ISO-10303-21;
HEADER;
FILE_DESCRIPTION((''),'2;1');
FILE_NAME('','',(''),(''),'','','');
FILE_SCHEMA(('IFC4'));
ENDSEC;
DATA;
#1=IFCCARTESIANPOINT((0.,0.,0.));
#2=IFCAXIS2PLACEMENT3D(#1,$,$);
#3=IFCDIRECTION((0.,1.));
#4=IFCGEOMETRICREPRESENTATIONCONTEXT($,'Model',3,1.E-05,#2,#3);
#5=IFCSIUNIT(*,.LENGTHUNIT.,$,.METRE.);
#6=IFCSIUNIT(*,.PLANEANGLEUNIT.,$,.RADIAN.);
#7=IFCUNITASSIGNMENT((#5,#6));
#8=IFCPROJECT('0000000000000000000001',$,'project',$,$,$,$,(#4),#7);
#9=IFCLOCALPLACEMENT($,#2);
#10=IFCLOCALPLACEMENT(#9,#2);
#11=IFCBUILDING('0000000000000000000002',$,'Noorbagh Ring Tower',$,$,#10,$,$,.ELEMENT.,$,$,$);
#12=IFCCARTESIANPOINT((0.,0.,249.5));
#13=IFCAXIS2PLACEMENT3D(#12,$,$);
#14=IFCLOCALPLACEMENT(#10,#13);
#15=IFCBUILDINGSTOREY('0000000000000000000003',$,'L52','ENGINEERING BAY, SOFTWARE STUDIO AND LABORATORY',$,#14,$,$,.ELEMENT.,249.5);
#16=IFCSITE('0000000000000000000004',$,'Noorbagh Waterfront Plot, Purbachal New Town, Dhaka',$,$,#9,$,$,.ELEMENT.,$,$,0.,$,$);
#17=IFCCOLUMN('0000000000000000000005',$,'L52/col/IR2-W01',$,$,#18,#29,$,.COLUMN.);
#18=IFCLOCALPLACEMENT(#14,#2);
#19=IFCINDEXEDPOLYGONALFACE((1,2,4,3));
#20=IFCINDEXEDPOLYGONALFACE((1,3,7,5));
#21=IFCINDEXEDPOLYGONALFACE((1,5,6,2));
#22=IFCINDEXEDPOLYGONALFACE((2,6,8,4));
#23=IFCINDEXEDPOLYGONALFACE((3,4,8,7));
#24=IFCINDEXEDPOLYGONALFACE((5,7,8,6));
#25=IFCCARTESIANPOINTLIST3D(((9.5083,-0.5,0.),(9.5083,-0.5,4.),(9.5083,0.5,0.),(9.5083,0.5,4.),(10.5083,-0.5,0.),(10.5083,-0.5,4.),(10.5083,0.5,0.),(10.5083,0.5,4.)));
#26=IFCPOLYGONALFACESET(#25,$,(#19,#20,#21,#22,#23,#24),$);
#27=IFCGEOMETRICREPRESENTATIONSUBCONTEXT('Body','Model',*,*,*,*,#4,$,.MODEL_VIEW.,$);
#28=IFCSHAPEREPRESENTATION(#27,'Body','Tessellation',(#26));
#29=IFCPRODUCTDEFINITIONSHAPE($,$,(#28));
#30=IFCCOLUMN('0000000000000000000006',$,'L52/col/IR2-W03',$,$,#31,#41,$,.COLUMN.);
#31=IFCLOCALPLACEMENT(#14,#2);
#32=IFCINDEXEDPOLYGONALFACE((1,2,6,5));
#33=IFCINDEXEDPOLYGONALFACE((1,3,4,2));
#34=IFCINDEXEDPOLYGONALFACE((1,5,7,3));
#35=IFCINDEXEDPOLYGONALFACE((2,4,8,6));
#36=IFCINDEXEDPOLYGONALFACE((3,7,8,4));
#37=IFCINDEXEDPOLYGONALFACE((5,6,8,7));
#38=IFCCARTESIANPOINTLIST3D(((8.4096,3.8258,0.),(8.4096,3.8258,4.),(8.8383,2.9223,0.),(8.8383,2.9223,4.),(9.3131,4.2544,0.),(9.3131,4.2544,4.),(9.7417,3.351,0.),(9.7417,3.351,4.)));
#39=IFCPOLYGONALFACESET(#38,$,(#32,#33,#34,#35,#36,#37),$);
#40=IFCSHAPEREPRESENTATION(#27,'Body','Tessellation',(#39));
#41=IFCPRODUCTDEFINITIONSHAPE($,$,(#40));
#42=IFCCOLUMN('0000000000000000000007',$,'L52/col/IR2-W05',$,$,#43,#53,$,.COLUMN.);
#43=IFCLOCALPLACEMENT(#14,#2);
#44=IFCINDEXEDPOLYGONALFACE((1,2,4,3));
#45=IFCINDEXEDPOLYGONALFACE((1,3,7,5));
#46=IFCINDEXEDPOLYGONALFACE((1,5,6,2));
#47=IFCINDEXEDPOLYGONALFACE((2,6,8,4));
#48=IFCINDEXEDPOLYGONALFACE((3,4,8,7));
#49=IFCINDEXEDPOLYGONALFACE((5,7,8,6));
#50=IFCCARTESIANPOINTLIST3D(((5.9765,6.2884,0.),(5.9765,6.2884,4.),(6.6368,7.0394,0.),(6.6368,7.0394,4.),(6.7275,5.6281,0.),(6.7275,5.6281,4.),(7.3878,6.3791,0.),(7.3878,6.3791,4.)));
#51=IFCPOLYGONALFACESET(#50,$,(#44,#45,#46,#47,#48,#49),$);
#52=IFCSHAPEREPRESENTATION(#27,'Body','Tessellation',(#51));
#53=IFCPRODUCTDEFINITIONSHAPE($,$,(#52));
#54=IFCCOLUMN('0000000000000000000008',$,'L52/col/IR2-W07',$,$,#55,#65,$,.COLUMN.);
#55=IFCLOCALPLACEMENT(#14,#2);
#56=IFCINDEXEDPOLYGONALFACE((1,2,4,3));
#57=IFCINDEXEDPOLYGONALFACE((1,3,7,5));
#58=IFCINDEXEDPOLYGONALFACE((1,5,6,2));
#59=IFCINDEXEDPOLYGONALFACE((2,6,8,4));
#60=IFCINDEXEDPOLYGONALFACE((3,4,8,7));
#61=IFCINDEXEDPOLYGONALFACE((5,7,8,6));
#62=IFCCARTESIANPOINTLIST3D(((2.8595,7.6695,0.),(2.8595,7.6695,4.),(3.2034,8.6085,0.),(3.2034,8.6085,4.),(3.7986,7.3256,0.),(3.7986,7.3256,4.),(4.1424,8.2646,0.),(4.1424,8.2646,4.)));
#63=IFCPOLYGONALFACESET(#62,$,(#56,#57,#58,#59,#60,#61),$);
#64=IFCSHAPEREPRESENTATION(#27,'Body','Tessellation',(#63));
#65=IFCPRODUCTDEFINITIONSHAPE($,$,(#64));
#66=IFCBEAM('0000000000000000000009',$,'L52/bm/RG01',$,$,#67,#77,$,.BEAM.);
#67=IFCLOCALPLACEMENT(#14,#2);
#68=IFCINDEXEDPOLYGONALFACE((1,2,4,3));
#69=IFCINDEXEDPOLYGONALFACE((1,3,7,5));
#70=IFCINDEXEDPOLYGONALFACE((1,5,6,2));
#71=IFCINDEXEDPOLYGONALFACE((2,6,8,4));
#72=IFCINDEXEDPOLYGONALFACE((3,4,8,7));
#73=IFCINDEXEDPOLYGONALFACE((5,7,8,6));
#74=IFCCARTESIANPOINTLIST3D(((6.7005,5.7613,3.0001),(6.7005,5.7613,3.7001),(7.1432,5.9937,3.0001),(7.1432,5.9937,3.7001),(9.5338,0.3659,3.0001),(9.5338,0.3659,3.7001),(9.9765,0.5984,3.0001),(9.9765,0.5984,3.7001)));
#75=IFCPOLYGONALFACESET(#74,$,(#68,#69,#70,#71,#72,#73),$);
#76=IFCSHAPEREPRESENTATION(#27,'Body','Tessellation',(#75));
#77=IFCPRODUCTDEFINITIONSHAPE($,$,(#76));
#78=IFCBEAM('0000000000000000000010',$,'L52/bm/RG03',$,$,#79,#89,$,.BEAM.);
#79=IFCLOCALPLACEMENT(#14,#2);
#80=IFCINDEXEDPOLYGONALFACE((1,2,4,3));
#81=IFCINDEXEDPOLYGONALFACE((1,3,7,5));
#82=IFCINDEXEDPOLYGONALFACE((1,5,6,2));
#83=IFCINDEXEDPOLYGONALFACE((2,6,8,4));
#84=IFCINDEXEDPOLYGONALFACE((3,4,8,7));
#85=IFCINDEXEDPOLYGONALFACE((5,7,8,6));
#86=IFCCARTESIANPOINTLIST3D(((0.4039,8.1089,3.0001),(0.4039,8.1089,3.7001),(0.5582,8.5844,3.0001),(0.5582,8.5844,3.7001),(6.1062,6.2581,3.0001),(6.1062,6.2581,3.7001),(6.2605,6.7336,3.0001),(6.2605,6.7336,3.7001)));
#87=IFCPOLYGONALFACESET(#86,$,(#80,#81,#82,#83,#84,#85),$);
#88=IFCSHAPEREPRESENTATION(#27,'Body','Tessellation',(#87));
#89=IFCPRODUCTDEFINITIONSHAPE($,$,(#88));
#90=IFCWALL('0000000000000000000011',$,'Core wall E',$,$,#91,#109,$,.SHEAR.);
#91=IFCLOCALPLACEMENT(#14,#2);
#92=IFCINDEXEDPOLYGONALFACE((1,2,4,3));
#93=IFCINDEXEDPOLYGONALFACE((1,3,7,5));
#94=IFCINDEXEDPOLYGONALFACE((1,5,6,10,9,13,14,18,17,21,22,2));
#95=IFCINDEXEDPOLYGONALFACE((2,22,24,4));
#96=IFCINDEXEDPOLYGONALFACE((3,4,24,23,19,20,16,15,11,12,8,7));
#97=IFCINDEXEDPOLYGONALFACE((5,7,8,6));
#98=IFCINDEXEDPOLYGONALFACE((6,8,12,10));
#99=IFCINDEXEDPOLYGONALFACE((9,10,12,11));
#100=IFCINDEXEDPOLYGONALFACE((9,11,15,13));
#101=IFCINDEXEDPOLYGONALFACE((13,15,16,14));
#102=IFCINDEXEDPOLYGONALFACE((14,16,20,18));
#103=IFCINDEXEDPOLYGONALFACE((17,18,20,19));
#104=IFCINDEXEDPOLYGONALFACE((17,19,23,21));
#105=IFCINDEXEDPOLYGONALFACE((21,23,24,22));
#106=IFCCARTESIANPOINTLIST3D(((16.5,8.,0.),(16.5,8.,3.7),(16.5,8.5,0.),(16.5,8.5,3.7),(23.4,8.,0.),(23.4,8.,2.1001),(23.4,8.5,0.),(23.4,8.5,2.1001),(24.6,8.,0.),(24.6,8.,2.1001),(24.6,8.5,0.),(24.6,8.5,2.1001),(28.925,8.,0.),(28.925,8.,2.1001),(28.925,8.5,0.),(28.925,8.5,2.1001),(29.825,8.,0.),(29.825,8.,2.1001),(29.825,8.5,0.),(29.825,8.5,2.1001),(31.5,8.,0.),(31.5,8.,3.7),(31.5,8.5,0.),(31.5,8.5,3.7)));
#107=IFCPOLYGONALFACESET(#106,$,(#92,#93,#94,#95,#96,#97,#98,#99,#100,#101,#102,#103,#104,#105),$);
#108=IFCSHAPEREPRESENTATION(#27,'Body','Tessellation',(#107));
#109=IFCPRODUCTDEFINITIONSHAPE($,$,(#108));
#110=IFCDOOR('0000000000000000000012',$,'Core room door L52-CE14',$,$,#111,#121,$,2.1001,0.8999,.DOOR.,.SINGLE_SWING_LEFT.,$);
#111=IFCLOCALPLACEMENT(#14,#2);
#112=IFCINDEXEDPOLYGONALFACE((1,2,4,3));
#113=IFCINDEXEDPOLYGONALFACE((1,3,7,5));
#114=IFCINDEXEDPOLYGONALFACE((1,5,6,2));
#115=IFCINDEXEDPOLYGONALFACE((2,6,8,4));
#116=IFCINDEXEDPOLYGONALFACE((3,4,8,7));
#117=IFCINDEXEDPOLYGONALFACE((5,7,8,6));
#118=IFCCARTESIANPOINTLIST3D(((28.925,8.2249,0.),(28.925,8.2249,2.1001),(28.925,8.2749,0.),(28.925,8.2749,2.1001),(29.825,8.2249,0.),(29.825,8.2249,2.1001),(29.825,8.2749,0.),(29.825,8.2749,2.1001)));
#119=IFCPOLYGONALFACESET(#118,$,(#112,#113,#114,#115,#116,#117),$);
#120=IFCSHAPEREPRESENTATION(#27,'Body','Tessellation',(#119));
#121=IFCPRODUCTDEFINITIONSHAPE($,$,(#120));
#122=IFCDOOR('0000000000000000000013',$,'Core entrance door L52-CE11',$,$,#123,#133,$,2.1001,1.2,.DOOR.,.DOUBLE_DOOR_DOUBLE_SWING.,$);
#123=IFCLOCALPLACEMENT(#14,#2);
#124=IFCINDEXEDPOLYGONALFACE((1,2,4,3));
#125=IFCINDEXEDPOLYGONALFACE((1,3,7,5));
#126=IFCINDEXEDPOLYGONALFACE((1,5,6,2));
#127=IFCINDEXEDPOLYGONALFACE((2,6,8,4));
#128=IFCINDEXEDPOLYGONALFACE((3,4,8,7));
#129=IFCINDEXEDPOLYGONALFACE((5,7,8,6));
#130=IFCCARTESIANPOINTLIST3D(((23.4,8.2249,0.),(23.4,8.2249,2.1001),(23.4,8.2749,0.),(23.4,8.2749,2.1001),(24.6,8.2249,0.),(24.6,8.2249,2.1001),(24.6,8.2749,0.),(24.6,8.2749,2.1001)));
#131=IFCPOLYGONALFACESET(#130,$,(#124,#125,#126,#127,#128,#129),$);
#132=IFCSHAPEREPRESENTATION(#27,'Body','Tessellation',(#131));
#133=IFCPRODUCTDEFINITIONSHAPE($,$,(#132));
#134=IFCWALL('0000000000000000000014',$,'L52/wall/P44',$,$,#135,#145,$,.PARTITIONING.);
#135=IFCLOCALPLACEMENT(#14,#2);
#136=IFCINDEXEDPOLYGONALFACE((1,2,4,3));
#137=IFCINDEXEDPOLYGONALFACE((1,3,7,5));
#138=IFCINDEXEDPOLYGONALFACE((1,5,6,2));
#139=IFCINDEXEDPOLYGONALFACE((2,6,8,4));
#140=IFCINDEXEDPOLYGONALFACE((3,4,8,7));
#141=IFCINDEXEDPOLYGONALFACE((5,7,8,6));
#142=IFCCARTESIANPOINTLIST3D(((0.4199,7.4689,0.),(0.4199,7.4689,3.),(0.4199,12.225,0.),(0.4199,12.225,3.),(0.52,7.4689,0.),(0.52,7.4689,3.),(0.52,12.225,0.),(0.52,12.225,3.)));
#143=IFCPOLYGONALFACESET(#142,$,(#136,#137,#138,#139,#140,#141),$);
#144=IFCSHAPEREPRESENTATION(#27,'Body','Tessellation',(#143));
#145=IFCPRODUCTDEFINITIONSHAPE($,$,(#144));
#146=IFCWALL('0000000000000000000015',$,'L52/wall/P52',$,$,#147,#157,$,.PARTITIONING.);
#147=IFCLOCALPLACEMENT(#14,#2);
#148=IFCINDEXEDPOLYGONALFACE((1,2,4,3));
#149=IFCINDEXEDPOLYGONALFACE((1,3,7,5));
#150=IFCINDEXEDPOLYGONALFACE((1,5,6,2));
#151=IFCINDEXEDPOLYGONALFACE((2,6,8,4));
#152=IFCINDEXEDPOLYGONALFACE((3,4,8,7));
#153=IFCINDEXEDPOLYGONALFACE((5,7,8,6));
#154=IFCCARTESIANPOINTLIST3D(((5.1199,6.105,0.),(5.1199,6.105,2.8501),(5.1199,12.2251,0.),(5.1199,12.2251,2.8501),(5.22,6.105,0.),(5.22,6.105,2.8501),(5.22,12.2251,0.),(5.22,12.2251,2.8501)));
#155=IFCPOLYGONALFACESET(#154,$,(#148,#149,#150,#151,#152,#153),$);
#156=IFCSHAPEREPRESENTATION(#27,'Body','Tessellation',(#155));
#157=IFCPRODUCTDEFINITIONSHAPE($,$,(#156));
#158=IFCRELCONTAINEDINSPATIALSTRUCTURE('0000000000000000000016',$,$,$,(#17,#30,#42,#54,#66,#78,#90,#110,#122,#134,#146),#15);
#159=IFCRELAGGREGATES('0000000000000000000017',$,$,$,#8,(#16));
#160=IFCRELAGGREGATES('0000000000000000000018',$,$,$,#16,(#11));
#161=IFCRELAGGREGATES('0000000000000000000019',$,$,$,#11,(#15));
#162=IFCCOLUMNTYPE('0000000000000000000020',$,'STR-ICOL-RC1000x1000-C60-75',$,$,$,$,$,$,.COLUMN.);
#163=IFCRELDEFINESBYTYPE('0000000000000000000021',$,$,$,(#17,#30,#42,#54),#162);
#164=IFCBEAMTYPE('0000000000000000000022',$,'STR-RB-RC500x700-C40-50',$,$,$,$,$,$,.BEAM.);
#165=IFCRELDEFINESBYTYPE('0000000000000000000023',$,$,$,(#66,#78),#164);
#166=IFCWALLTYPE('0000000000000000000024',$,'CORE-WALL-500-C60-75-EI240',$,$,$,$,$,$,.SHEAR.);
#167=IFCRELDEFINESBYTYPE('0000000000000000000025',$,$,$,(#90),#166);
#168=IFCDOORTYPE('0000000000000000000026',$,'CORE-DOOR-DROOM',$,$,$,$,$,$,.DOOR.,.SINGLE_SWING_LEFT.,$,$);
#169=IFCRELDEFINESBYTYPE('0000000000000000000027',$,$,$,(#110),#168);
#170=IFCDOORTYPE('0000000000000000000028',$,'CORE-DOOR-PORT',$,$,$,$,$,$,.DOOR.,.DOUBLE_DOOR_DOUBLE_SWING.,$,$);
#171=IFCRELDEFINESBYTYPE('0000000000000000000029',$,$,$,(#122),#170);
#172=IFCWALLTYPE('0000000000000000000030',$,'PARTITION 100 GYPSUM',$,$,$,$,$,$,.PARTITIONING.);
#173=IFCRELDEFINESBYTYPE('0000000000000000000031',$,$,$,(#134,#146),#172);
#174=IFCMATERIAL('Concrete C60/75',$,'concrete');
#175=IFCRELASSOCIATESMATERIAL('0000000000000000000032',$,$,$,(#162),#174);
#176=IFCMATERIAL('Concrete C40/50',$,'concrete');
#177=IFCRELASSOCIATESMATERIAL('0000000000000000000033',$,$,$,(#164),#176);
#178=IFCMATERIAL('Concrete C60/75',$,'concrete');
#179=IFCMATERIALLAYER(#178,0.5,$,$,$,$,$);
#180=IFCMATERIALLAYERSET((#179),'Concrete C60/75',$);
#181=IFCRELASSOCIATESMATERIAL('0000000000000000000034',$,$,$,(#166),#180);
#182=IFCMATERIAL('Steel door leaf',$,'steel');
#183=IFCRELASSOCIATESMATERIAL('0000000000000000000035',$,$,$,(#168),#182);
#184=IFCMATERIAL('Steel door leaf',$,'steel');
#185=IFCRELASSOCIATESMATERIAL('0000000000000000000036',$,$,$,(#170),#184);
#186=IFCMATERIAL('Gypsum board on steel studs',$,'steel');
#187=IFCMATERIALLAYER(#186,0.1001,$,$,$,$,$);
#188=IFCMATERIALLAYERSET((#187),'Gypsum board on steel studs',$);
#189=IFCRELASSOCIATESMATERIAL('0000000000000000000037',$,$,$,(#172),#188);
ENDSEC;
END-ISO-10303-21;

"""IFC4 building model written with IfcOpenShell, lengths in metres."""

from ifc_helpers import new_model, si_unit, direction, frame, frame_2d, origin, origin_2d, place, context, subcontext, project, spatial, rectangle, extrude, material, layer, layer_set, material_profile, profile_set, type_object, element, fill, save


model = new_model("IFC4")

# Units and contexts
model_context = context("Model", 3, precision=1e-05, world=origin(), true_north=direction((0.0, 1.0)))
body_context = subcontext(model_context, "Body", "Model", "MODEL_VIEW")
ifc_project = project(units=[si_unit("LENGTHUNIT", "METRE"), si_unit("PLANEANGLEUNIT", "RADIAN")], contexts=[model_context])

# Site, building, storey
site_placement = place(None, origin())
site = spatial("IfcSite", under=ifc_project, at=site_placement, Name="Noorbagh Waterfront Plot, Purbachal New Town, Dhaka", CompositionType="ELEMENT", RefElevation=0.0)
building_placement = place(site_placement, origin())
building = spatial("IfcBuilding", under=site, at=building_placement, Name="Noorbagh Ring Tower", CompositionType="ELEMENT")
storey_placement = place(building_placement, frame((0.0, 0.0, 249.5)))
storey = spatial("IfcBuildingStorey", under=building, at=storey_placement, Name="L52", Description="ENGINEERING BAY, SOFTWARE STUDIO AND LABORATORY", CompositionType="ELEMENT", Elevation=249.5)

# Columns
ifc_material_1 = material(Name="Concrete C60/75", Category="concrete")
ifc_material_profile_1 = material_profile(ifc_material_1, rectangle(XDim=1.0, YDim=1.0, at=origin_2d()), Name="RC1000x1000")
ifc_profile_set_1 = profile_set([ifc_material_profile_1], Name="Concrete C60/75")
column_type = type_object("IfcColumnType", Name="STR-ICOL-RC1000x1000-C60-75", PredefinedType="COLUMN", material=ifc_profile_set_1)
for number, where, z_axis, x_axis, name in (
    (1, (10.0083, 0.0, 0.0), (0.0, 0.0, 1.0), (0.0, 1.0, 0.0), "L52/col/IR2-W01"),
    (2, (9.0757, 3.5884, 0.0), (0.0, 0.0, 1.0), (-0.428667, 0.903463, 0.0), "L52/col/IR2-W03"),
    (3, (6.6821, 6.3337, 0.0), (0.0, 0.0, 1.0), (-0.751022, 0.660277, 0.0), "L52/col/IR2-W05"),
    (4, (3.501, 7.967, 0.0), (0.0, 0.0, 1.0), (-0.93902, 0.343864, 0.0), "L52/col/IR2-W07"),
):
    element("IfcColumn", number, at=place(storey_placement, frame(where, z_axis=z_axis, x_axis=x_axis)), inside=storey, type_object=column_type, Name=name, PredefinedType="COLUMN", context=body_context, shape_type="SweptSolid", body=[
        extrude(rectangle(XDim=1.0, YDim=1.0, at=origin_2d()), origin(), (0.0, 0.0, 1.0), 4.0),
    ])

# Beams
ifc_material_2 = material(Name="Concrete C40/50", Category="concrete")
ifc_material_profile_2 = material_profile(ifc_material_2, rectangle(XDim=0.5, YDim=0.7, at=origin_2d()), Name="RC500x700")
ifc_profile_set_2 = profile_set([ifc_material_profile_2], Name="Concrete C40/50")
beam_type = type_object("IfcBeamType", Name="STR-RB-RC500x700-C40-50", PredefinedType="BEAM", material=ifc_profile_set_2)
beam_1_placement = place(storey_placement, frame((9.7551, 0.4822, 3.3501), z_axis=(-0.464929, 0.885348, 0.0), x_axis=(-0.885348, -0.464929, 0.0)))
element("IfcBeam", 5, at=beam_1_placement, inside=storey, type_object=beam_type, Name="L52/bm/RG01", PredefinedType="BEAM", context=body_context, shape_type="SweptSolid", body=[
    extrude(rectangle(XDim=0.5, YDim=0.7, at=origin_2d()), origin(), (0.0, 0.0, 1.0), 6.094),
])
beam_2_placement = place(storey_placement, frame((6.1833, 6.4958, 3.3501), z_axis=(-0.951154, 0.308717, 0.0), x_axis=(-0.308717, -0.951154, 0.0)))
element("IfcBeam", 6, at=beam_2_placement, inside=storey, type_object=beam_type, Name="L52/bm/RG03", PredefinedType="BEAM", context=body_context, shape_type="SweptSolid", body=[
    extrude(rectangle(XDim=0.5, YDim=0.7, at=origin_2d()), origin(), (0.0, 0.0, 1.0), 5.9951),
])

# Wall, openings, doors
ifc_material_3 = material(Name="Concrete C60/75", Category="concrete")
ifc_layer_1 = layer(ifc_material_3, 0.5)
ifc_layer_set_1 = layer_set([ifc_layer_1], Name="Concrete C60/75")
wall_type_1 = type_object("IfcWallType", Name="CORE-WALL-500-C60-75-EI240", PredefinedType="SHEAR", material=ifc_layer_set_1)
wall_1_placement = place(storey_placement, frame((16.5, 8.25, 0.0), z_axis=(0.0, 0.0, 1.0), x_axis=(1.0, 0.0, 0.0)))
wall_1 = element("IfcWall", 7, at=wall_1_placement, inside=storey, type_object=wall_type_1, Name="Core wall E", PredefinedType="SHEAR", context=body_context, shape_type="SweptSolid", body=[
    extrude(rectangle(XDim=15.0, YDim=0.5, at=frame_2d((7.5, 0.0))), origin(), (0.0, 0.0, 1.0), 3.7),
])
opening_1_placement = place(wall_1_placement, frame((6.8999, 0.0, 0.0)))
opening_1 = element("IfcOpeningElement", 8, at=opening_1_placement, cuts=wall_1, PredefinedType="OPENING", context=body_context, shape_type="SweptSolid", body=[
    extrude(rectangle(XDim=1.2, YDim=2.1001, at=frame_2d((0.6001, 1.05))), frame((0.0, 0.26, 0.0), z_axis=(0.0, -1.0, 0.0), x_axis=(1.0, 0.0, 0.0)), (0.0, 0.0, 1.0), 0.52),
])
opening_2_placement = place(wall_1_placement, frame((12.425, 0.0, 0.0)))
opening_2 = element("IfcOpeningElement", 9, at=opening_2_placement, cuts=wall_1, PredefinedType="OPENING", context=body_context, shape_type="SweptSolid", body=[
    extrude(rectangle(XDim=0.8999, YDim=2.1001, at=frame_2d((0.45, 1.05))), frame((0.0, 0.26, 0.0), z_axis=(0.0, -1.0, 0.0), x_axis=(1.0, 0.0, 0.0)), (0.0, 0.0, 1.0), 0.52),
])
ifc_material_4 = material(Name="Steel door leaf", Category="steel")
door_type_1 = type_object("IfcDoorType", Name="CORE-DOOR-DROOM", OperationType="SINGLE_SWING_LEFT", PredefinedType="DOOR", material=ifc_material_4)
door_1_placement = place(opening_2_placement, origin())
door_1 = element("IfcDoor", 10, at=door_1_placement, inside=storey, type_object=door_type_1, Name="Core room door L52-CE14", OperationType="SINGLE_SWING_LEFT", OverallHeight=2.1001, OverallWidth=0.8999, PredefinedType="DOOR", context=body_context, shape_type="SweptSolid", body=[
    extrude(rectangle(XDim=0.8999, YDim=2.1001, at=frame_2d((0.45, 1.05))), frame((0.0, 0.0249, 0.0), z_axis=(0.0, -1.0, 0.0), x_axis=(1.0, 0.0, 0.0)), (0.0, 0.0, 1.0), 0.05),
])
fill(opening_2, door_1)
ifc_material_5 = material(Name="Steel door leaf", Category="steel")
door_type_2 = type_object("IfcDoorType", Name="CORE-DOOR-PORT", OperationType="DOUBLE_DOOR_DOUBLE_SWING", PredefinedType="DOOR", material=ifc_material_5)
door_2_placement = place(opening_1_placement, origin())
door_2 = element("IfcDoor", 11, at=door_2_placement, inside=storey, type_object=door_type_2, Name="Core entrance door L52-CE11", OperationType="DOUBLE_DOOR_DOUBLE_SWING", OverallHeight=2.1001, OverallWidth=1.2, PredefinedType="DOOR", context=body_context, shape_type="SweptSolid", body=[
    extrude(rectangle(XDim=1.2, YDim=2.1001, at=frame_2d((0.6001, 1.05))), frame((0.0, 0.0249, 0.0), z_axis=(0.0, -1.0, 0.0), x_axis=(1.0, 0.0, 0.0)), (0.0, 0.0, 1.0), 0.05),
])
fill(opening_1, door_2)

# Walls
ifc_material_6 = material(Name="Gypsum board on steel studs", Category="steel")
ifc_layer_2 = layer(ifc_material_6, 0.1001)
ifc_layer_set_2 = layer_set([ifc_layer_2], Name="Gypsum board on steel studs")
wall_type_2 = type_object("IfcWallType", Name="PARTITION 100 GYPSUM", PredefinedType="PARTITIONING", material=ifc_layer_set_2)
wall_2_placement = place(storey_placement, frame((0.47, 7.469, 0.0), z_axis=(0.0, 0.0, 1.0), x_axis=(0.0, 1.0, 0.0)))
element("IfcWall", 12, at=wall_2_placement, inside=storey, type_object=wall_type_2, Name="L52/wall/P44", PredefinedType="PARTITIONING", context=body_context, shape_type="SweptSolid", body=[
    extrude(rectangle(XDim=4.7561, YDim=0.1001, at=frame_2d((2.3779, 0.0))), origin(), (0.0, 0.0, 1.0), 3.0),
])
wall_3_placement = place(storey_placement, frame((5.1699, 6.105, 0.0), z_axis=(0.0, 0.0, 1.0), x_axis=(0.0, 1.0, 0.0)))
element("IfcWall", 13, at=wall_3_placement, inside=storey, type_object=wall_type_2, Name="L52/wall/P52", PredefinedType="PARTITIONING", context=body_context, shape_type="SweptSolid", body=[
    extrude(rectangle(XDim=6.1201, YDim=0.1001, at=frame_2d((3.0601, 0.0))), origin(), (0.0, 0.0, 1.0), 2.8501),
])

save(model, "model.ifc")
